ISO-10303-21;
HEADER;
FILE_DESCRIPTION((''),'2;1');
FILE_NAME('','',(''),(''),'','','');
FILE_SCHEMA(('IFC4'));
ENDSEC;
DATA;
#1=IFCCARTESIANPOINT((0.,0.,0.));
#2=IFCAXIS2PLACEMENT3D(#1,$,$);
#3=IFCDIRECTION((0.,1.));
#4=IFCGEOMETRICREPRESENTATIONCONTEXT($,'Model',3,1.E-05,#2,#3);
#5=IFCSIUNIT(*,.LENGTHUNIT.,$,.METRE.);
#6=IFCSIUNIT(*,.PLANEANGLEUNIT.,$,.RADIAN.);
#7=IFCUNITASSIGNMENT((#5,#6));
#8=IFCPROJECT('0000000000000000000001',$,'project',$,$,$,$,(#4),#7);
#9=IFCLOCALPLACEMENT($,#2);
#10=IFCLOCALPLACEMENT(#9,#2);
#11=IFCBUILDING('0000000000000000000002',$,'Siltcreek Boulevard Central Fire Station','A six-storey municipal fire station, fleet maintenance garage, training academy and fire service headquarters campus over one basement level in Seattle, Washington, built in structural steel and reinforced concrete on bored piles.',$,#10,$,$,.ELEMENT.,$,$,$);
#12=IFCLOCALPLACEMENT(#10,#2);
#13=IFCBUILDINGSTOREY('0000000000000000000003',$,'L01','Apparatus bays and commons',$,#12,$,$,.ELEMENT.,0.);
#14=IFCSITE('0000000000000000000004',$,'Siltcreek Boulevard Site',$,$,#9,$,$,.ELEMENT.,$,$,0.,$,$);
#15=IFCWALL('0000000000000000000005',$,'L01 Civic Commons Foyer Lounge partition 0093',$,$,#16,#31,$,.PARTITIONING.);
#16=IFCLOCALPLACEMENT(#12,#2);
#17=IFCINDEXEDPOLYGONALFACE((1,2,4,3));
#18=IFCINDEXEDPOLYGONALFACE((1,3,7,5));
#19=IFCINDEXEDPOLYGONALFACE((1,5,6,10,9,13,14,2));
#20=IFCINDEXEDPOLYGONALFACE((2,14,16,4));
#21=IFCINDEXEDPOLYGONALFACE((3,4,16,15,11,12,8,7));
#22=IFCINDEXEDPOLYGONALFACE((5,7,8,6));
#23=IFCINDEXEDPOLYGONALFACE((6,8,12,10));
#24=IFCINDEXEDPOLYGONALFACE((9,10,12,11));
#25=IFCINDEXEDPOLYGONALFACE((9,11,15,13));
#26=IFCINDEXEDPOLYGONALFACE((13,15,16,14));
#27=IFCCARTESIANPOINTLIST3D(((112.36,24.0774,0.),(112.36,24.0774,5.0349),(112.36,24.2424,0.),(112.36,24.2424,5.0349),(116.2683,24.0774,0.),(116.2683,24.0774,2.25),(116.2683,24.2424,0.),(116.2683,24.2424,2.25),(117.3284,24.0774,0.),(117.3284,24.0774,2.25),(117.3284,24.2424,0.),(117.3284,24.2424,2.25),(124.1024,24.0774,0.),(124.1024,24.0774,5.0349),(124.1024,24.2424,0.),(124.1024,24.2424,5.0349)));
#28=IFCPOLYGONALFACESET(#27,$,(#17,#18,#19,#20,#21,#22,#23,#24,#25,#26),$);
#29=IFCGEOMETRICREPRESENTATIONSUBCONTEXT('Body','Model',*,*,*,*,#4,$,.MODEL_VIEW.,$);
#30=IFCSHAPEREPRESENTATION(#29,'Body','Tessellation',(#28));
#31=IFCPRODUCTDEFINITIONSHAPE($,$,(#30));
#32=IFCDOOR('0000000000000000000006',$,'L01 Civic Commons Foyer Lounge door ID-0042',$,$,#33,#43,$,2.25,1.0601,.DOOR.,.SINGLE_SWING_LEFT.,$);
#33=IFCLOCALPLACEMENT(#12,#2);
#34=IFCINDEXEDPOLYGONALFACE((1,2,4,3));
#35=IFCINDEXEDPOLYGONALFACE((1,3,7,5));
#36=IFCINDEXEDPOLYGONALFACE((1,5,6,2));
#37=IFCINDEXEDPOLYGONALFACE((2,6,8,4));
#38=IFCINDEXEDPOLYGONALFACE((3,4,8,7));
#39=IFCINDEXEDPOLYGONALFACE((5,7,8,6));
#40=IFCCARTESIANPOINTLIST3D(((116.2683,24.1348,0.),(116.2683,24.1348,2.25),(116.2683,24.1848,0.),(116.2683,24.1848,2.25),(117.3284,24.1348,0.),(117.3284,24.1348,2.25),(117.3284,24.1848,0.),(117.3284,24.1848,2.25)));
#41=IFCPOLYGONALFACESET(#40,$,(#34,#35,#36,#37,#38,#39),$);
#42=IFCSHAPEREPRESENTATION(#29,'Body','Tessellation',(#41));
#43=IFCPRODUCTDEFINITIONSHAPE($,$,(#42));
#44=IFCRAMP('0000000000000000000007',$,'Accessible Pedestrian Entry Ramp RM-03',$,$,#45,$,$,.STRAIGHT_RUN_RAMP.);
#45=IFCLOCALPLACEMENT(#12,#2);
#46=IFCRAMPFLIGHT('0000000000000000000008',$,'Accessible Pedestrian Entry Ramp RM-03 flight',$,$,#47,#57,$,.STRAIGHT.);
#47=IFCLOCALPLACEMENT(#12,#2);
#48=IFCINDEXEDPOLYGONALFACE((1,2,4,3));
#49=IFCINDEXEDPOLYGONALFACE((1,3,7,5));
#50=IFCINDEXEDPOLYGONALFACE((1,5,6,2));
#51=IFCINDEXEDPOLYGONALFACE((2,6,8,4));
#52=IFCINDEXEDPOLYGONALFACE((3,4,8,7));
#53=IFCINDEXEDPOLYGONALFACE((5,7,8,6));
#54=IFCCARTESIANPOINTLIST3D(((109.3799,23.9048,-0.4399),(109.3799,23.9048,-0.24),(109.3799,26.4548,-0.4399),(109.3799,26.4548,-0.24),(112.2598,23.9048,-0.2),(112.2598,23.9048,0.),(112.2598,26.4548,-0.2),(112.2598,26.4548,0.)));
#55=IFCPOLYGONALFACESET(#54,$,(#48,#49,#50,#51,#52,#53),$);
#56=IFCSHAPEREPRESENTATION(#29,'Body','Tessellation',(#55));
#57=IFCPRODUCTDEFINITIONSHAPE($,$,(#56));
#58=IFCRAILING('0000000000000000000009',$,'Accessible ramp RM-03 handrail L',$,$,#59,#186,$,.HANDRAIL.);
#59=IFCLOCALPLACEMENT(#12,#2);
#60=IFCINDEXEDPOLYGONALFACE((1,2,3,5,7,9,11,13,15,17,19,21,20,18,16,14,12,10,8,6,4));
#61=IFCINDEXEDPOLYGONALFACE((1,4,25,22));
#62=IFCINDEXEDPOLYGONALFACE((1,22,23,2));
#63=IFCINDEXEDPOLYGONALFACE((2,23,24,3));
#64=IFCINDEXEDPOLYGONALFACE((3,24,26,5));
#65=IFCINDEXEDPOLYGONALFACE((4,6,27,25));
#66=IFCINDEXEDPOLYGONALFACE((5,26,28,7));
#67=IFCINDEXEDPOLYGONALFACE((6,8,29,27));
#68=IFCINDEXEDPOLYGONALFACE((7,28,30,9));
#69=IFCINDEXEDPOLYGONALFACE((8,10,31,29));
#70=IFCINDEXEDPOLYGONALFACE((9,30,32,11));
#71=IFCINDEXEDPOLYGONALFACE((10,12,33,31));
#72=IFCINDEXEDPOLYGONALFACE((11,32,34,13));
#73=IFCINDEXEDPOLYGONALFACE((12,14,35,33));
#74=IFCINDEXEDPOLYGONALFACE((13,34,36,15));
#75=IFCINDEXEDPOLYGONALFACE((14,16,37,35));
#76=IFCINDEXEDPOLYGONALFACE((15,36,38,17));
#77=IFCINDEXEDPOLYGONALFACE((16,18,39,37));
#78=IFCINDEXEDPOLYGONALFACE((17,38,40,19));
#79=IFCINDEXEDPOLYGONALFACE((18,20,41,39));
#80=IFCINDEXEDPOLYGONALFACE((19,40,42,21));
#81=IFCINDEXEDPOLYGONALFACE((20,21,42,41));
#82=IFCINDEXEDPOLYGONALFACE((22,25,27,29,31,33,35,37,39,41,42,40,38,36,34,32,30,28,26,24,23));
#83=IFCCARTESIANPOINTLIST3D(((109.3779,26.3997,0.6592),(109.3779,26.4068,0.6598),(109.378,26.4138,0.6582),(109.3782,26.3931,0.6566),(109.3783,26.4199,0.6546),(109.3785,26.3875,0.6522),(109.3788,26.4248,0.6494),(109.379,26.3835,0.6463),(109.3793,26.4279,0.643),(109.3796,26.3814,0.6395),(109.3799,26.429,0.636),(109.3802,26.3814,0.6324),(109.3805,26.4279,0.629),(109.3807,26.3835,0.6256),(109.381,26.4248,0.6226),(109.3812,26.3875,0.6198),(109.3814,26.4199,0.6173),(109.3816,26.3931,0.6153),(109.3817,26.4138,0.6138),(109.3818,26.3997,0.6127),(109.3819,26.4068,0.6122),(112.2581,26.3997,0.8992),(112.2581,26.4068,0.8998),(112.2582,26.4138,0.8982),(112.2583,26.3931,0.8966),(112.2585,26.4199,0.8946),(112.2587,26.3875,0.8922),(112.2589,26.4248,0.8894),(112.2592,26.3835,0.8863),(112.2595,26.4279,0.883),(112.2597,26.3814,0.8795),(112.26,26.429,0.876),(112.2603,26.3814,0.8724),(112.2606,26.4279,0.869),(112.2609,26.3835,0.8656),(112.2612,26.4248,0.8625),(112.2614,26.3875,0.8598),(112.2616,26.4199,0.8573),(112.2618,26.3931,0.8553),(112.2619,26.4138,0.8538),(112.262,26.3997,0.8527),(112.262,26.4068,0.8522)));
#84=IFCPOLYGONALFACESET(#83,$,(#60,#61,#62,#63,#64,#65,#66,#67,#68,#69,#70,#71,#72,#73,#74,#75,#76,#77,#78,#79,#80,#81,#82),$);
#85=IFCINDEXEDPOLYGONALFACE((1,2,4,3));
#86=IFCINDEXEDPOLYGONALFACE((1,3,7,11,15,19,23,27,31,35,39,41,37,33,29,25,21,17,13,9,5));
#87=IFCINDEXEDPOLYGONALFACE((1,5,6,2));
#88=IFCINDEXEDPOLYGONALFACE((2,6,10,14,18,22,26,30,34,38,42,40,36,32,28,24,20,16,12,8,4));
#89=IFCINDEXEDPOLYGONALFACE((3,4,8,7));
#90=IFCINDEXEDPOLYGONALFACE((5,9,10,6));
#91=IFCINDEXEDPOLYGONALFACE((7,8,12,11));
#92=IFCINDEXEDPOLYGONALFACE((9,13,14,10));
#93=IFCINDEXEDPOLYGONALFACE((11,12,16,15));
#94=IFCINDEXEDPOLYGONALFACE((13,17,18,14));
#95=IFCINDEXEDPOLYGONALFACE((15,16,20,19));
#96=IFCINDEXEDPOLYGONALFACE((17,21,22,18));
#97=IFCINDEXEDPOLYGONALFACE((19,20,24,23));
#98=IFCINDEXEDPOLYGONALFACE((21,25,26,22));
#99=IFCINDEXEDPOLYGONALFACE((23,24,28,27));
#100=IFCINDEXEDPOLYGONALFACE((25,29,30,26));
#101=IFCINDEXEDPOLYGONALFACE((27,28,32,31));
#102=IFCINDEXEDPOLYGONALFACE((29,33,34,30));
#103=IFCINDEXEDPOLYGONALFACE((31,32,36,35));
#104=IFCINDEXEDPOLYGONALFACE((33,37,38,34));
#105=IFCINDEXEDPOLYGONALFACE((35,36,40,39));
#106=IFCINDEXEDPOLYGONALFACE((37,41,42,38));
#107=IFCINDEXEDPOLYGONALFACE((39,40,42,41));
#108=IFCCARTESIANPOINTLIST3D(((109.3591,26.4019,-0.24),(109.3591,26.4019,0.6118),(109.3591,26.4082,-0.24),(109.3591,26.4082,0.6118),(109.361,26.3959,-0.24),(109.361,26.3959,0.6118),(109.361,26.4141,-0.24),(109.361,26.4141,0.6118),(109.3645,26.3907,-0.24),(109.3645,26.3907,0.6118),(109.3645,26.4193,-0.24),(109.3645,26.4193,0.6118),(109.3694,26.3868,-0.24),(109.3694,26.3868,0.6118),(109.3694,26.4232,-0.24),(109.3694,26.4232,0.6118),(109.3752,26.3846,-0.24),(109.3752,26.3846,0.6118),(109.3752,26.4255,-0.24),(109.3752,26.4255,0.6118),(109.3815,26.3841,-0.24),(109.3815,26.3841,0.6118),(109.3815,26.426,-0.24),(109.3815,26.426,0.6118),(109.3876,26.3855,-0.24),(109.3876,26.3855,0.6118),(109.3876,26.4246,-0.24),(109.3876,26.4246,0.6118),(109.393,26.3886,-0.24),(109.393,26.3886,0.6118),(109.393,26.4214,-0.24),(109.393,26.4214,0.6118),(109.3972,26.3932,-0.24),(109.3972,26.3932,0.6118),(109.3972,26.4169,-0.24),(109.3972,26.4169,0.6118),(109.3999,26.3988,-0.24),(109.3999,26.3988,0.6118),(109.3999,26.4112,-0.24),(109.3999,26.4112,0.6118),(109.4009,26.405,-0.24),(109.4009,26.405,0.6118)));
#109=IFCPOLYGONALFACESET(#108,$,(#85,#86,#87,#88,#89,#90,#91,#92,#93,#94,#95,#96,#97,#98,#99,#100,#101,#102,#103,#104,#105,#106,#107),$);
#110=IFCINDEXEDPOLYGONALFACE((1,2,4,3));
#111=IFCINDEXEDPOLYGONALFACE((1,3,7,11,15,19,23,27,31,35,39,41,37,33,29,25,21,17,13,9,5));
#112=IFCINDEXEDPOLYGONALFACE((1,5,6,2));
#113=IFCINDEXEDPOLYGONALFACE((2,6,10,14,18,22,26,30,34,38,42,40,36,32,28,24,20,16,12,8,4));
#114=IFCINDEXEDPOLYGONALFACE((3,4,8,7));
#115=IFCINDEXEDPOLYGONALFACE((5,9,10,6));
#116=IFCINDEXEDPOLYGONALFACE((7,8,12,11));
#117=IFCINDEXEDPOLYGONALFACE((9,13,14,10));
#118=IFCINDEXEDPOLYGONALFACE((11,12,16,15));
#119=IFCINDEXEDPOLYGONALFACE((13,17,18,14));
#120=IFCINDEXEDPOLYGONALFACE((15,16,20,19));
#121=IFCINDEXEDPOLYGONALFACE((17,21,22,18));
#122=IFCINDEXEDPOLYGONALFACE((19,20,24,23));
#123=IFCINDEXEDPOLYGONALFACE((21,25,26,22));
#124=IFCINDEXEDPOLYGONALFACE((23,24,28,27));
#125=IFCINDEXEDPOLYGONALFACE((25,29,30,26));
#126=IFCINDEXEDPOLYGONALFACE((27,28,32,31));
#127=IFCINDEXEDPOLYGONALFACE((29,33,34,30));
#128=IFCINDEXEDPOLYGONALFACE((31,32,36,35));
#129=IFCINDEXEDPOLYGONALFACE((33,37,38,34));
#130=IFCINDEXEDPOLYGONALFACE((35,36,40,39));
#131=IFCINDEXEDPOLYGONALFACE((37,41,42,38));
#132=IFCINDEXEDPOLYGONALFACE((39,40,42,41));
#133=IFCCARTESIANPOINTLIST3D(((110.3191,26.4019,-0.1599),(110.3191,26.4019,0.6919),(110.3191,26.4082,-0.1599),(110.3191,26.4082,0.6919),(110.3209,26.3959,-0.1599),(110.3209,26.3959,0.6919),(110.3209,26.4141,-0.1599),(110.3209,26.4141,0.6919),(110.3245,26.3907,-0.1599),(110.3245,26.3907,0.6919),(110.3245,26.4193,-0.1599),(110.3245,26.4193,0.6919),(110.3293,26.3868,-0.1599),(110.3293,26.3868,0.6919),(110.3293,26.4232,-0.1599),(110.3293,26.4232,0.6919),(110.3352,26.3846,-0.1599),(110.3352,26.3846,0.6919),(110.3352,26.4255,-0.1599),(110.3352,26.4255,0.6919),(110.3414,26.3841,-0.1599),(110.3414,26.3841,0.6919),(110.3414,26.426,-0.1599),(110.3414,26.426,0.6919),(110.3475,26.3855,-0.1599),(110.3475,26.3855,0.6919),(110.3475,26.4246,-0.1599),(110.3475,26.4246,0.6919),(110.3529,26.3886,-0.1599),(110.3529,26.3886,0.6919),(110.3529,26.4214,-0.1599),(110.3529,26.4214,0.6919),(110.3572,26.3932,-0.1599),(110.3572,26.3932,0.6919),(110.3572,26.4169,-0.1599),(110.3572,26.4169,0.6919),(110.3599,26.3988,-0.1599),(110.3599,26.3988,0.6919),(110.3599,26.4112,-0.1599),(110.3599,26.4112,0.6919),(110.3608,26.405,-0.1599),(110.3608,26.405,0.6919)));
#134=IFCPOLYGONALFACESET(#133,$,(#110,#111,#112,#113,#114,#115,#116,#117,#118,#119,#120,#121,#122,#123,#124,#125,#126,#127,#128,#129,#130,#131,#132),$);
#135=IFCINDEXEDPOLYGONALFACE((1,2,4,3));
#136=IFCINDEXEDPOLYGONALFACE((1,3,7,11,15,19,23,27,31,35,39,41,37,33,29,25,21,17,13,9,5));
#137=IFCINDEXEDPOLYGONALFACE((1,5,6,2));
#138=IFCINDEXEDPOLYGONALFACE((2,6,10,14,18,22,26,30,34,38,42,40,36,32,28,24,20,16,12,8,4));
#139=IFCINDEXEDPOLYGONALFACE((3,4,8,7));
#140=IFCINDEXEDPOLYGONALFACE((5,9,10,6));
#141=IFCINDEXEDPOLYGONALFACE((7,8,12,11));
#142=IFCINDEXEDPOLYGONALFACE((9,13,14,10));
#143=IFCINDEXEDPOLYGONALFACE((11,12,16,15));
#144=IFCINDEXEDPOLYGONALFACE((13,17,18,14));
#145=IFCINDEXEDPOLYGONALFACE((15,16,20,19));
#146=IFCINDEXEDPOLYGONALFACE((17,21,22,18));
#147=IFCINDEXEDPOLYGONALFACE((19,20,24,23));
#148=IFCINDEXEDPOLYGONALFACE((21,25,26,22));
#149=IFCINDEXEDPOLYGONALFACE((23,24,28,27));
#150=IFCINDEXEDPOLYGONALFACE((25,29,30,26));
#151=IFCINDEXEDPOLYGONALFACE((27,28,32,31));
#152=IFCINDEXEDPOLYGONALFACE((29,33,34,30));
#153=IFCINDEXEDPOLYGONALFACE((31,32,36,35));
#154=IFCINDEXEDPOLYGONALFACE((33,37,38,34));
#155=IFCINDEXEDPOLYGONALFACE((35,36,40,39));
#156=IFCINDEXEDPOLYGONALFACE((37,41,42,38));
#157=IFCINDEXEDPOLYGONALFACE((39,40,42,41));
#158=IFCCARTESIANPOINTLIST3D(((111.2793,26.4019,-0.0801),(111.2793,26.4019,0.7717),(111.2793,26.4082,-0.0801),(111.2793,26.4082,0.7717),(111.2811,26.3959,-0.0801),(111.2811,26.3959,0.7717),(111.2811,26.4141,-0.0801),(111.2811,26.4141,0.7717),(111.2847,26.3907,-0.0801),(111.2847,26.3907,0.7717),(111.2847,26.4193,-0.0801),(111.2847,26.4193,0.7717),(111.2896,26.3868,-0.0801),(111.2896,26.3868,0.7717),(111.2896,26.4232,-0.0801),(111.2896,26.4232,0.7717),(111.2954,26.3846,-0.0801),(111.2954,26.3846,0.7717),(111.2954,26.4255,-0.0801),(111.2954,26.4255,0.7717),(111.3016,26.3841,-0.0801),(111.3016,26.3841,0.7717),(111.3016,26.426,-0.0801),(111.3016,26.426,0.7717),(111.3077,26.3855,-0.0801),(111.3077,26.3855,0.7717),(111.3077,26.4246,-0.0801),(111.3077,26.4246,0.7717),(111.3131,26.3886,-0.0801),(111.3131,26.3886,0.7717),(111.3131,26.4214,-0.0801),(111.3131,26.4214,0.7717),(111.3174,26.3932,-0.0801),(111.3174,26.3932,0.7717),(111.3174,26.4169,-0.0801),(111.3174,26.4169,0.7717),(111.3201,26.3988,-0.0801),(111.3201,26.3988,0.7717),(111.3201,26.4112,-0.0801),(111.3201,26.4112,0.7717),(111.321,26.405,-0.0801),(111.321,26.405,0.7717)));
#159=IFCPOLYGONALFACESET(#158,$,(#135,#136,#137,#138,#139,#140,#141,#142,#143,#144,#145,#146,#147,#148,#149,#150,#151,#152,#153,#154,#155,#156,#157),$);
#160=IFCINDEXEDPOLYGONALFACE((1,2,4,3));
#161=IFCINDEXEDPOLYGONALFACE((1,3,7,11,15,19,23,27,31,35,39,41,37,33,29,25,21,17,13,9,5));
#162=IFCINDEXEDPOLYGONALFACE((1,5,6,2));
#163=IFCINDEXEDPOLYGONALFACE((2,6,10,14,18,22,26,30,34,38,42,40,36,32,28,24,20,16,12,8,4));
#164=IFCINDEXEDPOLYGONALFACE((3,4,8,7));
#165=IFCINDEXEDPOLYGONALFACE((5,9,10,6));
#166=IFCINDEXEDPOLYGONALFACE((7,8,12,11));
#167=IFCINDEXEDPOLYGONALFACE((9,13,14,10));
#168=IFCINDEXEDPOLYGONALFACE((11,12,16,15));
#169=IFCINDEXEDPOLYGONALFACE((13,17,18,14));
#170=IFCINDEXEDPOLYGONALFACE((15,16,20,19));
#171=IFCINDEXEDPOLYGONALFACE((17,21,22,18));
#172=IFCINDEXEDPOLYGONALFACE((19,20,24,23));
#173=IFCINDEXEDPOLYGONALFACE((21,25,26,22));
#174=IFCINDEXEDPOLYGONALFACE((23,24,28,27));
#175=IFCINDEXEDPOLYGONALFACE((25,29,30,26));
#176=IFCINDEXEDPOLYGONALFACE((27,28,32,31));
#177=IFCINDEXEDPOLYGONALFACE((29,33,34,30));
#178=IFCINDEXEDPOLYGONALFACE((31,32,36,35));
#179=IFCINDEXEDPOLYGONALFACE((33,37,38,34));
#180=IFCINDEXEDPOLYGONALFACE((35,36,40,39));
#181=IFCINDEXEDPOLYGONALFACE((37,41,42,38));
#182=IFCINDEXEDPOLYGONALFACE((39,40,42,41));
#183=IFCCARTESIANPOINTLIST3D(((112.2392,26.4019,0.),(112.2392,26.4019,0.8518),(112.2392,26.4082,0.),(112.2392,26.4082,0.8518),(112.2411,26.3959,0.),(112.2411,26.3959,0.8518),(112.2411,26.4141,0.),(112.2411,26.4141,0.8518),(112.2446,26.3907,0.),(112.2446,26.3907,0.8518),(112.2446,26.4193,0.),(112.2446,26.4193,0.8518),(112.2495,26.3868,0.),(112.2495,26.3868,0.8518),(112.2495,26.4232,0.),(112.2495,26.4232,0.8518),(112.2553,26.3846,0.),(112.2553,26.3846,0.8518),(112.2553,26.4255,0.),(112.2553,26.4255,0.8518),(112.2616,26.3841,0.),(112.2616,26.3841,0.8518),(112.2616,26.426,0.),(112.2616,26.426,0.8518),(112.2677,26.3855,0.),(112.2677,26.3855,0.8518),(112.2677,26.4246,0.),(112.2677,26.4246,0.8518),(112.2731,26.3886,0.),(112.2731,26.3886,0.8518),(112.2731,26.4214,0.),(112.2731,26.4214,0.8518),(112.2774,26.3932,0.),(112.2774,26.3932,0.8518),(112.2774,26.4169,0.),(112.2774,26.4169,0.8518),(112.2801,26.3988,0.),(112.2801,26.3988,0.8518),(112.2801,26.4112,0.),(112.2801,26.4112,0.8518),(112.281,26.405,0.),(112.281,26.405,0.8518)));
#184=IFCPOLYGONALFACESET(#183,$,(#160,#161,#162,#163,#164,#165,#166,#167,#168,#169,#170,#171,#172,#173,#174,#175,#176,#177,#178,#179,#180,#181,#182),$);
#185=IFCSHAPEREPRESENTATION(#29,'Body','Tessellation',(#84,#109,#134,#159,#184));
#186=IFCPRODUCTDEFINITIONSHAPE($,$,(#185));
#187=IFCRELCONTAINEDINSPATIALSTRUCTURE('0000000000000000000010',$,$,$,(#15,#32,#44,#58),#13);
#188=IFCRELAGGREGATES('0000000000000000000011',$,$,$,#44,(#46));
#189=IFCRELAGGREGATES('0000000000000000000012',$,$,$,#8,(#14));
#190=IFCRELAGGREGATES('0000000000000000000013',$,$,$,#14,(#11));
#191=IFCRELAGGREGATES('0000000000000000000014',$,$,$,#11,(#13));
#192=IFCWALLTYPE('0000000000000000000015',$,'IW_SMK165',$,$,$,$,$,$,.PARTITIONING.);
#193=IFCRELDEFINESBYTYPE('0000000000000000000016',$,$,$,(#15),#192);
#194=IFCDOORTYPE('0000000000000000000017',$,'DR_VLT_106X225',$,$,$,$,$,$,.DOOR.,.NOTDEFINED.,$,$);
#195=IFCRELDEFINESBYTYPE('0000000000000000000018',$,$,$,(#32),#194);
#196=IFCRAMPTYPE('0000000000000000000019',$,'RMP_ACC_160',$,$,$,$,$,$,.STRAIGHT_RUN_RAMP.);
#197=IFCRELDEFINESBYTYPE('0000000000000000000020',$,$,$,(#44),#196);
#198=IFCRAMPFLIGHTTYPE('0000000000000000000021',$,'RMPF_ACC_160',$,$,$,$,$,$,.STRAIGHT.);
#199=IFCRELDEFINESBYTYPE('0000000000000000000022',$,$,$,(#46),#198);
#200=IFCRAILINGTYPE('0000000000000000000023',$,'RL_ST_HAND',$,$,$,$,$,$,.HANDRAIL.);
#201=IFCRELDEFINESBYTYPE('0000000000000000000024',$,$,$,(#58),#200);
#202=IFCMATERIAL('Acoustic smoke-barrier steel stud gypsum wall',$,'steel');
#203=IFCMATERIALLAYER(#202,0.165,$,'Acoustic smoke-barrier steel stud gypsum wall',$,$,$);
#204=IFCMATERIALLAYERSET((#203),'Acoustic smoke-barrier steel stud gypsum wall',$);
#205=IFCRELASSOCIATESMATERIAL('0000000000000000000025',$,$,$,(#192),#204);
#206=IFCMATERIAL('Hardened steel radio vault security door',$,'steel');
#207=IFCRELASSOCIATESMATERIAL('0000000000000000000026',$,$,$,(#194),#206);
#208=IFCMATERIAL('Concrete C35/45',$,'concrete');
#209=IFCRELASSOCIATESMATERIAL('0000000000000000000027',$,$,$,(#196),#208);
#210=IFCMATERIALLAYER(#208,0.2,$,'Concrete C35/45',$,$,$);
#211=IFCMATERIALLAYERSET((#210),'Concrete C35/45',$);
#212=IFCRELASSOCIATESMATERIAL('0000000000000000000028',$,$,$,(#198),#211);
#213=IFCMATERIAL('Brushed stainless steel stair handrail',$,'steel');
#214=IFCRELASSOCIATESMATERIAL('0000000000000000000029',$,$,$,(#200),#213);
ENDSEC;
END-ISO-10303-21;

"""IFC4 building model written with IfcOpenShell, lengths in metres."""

from ifc_helpers import new_model, si_unit, direction, frame, frame_2d, origin, origin_2d, place, context, subcontext, project, spatial, polyline, rectangle, circle, outline, extrude, material, layer, layer_set, type_object, element, fill, aggregate, save


model = new_model("IFC4")

# Units and contexts
model_context = context("Model", 3, precision=1e-05, world=origin(), true_north=direction((0.0, 1.0)))
body_context = subcontext(model_context, "Body", "Model", "MODEL_VIEW")
ifc_project = project(units=[si_unit("LENGTHUNIT", "METRE"), si_unit("PLANEANGLEUNIT", "RADIAN")], contexts=[model_context])

# Site, building, storey
site_placement = place(None, origin())
site = spatial("IfcSite", under=ifc_project, at=site_placement, Name="Siltcreek Boulevard Site", CompositionType="ELEMENT", RefElevation=0.0)
building_placement = place(site_placement, origin())
building = spatial("IfcBuilding", under=site, at=building_placement, Name="Siltcreek Boulevard Central Fire Station", Description="A six-storey municipal fire station, fleet maintenance garage, training academy and fire service headquarters campus over one basement level in Seattle, Washington, built in structural steel and reinforced concrete on bored piles.", CompositionType="ELEMENT")
storey_placement = place(building_placement, origin())
storey = spatial("IfcBuildingStorey", under=building, at=storey_placement, Name="L01", Description="Apparatus bays and commons", CompositionType="ELEMENT", Elevation=0.0)

# Shared definitions
ifc_material_1 = material(Name="Concrete C35/45", Category="concrete")

# Wall, opening, door
ifc_material_2 = material(Name="Acoustic smoke-barrier steel stud gypsum wall", Category="steel")
ifc_layer_1 = layer(ifc_material_2, 0.165, Name="Acoustic smoke-barrier steel stud gypsum wall")
ifc_layer_set_1 = layer_set([ifc_layer_1], Name="Acoustic smoke-barrier steel stud gypsum wall")
wall_type_1 = type_object("IfcWallType", Name="IW_SMK165", PredefinedType="PARTITIONING", material=ifc_layer_set_1)
wall_1_placement = place(storey_placement, frame((112.3601, 24.1599, 0.0), z_axis=(0.0, 0.0, 1.0), x_axis=(1.0, 0.0, 0.0)))
wall_1 = element("IfcWall", 1, at=wall_1_placement, inside=storey, type_object=wall_type_1, Name="L01 Civic Commons Foyer Lounge partition 0093", PredefinedType="PARTITIONING", context=body_context, shape_type="SweptSolid", body=[
    extrude(rectangle(XDim=11.7424, YDim=0.165, at=frame_2d((5.8711, 0.0))), origin(), (0.0, 0.0, 1.0), 5.0349),
])
opening_1_placement = place(wall_1_placement, frame((3.9082, 0.0, 0.0)))
opening_1 = element("IfcOpeningElement", 2, at=opening_1_placement, cuts=wall_1, PredefinedType="OPENING", context=body_context, shape_type="SweptSolid", body=[
    extrude(rectangle(XDim=1.0601, YDim=2.25, at=frame_2d((0.53, 1.125))), frame((0.0, 0.0925, 0.0), z_axis=(0.0, -1.0, 0.0), x_axis=(1.0, 0.0, 0.0)), (0.0, 0.0, 1.0), 0.1851),
])
ifc_material_3 = material(Name="Hardened steel radio vault security door", Category="steel")
door_type_1 = type_object("IfcDoorType", Name="DR_VLT_106X225", OperationType="NOTDEFINED", PredefinedType="DOOR", material=ifc_material_3)
door_1_placement = place(opening_1_placement, origin())
door_1 = element("IfcDoor", 3, at=door_1_placement, inside=storey, type_object=door_type_1, Name="L01 Civic Commons Foyer Lounge door ID-0042", OperationType="SINGLE_SWING_LEFT", OverallHeight=2.25, OverallWidth=1.0601, PredefinedType="DOOR", context=body_context, shape_type="SweptSolid", body=[
    extrude(rectangle(XDim=1.0601, YDim=2.25, at=frame_2d((0.53, 1.125))), frame((0.0, 0.0249, 0.0), z_axis=(0.0, -1.0, 0.0), x_axis=(1.0, 0.0, 0.0)), (0.0, 0.0, 1.0), 0.05),
])
fill(opening_1, door_1)

# Ramp, ramp flight
ramp_type = type_object("IfcRampType", Name="RMP_ACC_160", PredefinedType="STRAIGHT_RUN_RAMP", material=ifc_material_1)
ramp_placement = place(storey_placement, origin())
ramp = element("IfcRamp", 4, at=ramp_placement, inside=storey, type_object=ramp_type, Name="Accessible Pedestrian Entry Ramp RM-03", PredefinedType="STRAIGHT_RUN_RAMP")
ifc_layer_2 = layer(ifc_material_1, 0.2, Name="Concrete C35/45")
ifc_layer_set_2 = layer_set([ifc_layer_2], Name="Concrete C35/45")
ramp_flight_type = type_object("IfcRampFlightType", Name="RMPF_ACC_160", PredefinedType="STRAIGHT", material=ifc_layer_set_2)
ramp_flight_placement = place(storey_placement, frame((109.3799, 25.1799, -0.24), z_axis=(0.0, 0.0, 1.0), x_axis=(1.0, 0.0, 0.0)))
ramp_flight = element("IfcRampFlight", 5, at=ramp_flight_placement, type_object=ramp_flight_type, Name="Accessible Pedestrian Entry Ramp RM-03 flight", PredefinedType="STRAIGHT", context=body_context, shape_type="SweptSolid", body=[
    extrude(outline(polyline([(0.0, 0.0), (0.0, -0.2), (2.8799, 0.04), (2.8799, 0.24), (0.0, 0.0)])), frame((0.0, 1.2749, 0.0), z_axis=(0.0, -1.0, 0.0), x_axis=(1.0, 0.0, 0.0)), (0.0, 0.0, 1.0), 2.55),
])
aggregate(ramp, [ramp_flight])

# Railing
ifc_material_4 = material(Name="Brushed stainless steel stair handrail", Category="steel")
railing_type = type_object("IfcRailingType", Name="RL_ST_HAND", PredefinedType="HANDRAIL", material=ifc_material_4)
for number, where, name in (
    (6, (109.3799, 26.405, -0.24), "Accessible ramp RM-03 handrail L"),
):
    element("IfcRailing", number, at=place(storey_placement, frame(where)), inside=storey, type_object=railing_type, Name=name, PredefinedType="HANDRAIL", context=body_context, shape_type="SweptSolid", body=[
        extrude(circle(Radius=0.0239, at=origin_2d()), frame((0.0, 0.0, 0.876), z_axis=(0.996546, 0.0, 0.083038), x_axis=(0.0, 1.0, 0.0)), (0.0, 0.0, 1.0), 2.8901),
        extrude(circle(Radius=0.021, at=origin_2d()), origin(), (0.0, 0.0, 1.0), 0.8518),
        extrude(circle(Radius=0.021, at=origin_2d()), frame((0.96, 0.0, 0.0801)), (0.0, 0.0, 1.0), 0.8518),
        extrude(circle(Radius=0.021, at=origin_2d()), frame((1.9202, 0.0, 0.1599)), (0.0, 0.0, 1.0), 0.8518),
        extrude(circle(Radius=0.021, at=origin_2d()), frame((2.8801, 0.0, 0.24)), (0.0, 0.0, 1.0), 0.8518),
    ])

save(model, "model.ifc")
